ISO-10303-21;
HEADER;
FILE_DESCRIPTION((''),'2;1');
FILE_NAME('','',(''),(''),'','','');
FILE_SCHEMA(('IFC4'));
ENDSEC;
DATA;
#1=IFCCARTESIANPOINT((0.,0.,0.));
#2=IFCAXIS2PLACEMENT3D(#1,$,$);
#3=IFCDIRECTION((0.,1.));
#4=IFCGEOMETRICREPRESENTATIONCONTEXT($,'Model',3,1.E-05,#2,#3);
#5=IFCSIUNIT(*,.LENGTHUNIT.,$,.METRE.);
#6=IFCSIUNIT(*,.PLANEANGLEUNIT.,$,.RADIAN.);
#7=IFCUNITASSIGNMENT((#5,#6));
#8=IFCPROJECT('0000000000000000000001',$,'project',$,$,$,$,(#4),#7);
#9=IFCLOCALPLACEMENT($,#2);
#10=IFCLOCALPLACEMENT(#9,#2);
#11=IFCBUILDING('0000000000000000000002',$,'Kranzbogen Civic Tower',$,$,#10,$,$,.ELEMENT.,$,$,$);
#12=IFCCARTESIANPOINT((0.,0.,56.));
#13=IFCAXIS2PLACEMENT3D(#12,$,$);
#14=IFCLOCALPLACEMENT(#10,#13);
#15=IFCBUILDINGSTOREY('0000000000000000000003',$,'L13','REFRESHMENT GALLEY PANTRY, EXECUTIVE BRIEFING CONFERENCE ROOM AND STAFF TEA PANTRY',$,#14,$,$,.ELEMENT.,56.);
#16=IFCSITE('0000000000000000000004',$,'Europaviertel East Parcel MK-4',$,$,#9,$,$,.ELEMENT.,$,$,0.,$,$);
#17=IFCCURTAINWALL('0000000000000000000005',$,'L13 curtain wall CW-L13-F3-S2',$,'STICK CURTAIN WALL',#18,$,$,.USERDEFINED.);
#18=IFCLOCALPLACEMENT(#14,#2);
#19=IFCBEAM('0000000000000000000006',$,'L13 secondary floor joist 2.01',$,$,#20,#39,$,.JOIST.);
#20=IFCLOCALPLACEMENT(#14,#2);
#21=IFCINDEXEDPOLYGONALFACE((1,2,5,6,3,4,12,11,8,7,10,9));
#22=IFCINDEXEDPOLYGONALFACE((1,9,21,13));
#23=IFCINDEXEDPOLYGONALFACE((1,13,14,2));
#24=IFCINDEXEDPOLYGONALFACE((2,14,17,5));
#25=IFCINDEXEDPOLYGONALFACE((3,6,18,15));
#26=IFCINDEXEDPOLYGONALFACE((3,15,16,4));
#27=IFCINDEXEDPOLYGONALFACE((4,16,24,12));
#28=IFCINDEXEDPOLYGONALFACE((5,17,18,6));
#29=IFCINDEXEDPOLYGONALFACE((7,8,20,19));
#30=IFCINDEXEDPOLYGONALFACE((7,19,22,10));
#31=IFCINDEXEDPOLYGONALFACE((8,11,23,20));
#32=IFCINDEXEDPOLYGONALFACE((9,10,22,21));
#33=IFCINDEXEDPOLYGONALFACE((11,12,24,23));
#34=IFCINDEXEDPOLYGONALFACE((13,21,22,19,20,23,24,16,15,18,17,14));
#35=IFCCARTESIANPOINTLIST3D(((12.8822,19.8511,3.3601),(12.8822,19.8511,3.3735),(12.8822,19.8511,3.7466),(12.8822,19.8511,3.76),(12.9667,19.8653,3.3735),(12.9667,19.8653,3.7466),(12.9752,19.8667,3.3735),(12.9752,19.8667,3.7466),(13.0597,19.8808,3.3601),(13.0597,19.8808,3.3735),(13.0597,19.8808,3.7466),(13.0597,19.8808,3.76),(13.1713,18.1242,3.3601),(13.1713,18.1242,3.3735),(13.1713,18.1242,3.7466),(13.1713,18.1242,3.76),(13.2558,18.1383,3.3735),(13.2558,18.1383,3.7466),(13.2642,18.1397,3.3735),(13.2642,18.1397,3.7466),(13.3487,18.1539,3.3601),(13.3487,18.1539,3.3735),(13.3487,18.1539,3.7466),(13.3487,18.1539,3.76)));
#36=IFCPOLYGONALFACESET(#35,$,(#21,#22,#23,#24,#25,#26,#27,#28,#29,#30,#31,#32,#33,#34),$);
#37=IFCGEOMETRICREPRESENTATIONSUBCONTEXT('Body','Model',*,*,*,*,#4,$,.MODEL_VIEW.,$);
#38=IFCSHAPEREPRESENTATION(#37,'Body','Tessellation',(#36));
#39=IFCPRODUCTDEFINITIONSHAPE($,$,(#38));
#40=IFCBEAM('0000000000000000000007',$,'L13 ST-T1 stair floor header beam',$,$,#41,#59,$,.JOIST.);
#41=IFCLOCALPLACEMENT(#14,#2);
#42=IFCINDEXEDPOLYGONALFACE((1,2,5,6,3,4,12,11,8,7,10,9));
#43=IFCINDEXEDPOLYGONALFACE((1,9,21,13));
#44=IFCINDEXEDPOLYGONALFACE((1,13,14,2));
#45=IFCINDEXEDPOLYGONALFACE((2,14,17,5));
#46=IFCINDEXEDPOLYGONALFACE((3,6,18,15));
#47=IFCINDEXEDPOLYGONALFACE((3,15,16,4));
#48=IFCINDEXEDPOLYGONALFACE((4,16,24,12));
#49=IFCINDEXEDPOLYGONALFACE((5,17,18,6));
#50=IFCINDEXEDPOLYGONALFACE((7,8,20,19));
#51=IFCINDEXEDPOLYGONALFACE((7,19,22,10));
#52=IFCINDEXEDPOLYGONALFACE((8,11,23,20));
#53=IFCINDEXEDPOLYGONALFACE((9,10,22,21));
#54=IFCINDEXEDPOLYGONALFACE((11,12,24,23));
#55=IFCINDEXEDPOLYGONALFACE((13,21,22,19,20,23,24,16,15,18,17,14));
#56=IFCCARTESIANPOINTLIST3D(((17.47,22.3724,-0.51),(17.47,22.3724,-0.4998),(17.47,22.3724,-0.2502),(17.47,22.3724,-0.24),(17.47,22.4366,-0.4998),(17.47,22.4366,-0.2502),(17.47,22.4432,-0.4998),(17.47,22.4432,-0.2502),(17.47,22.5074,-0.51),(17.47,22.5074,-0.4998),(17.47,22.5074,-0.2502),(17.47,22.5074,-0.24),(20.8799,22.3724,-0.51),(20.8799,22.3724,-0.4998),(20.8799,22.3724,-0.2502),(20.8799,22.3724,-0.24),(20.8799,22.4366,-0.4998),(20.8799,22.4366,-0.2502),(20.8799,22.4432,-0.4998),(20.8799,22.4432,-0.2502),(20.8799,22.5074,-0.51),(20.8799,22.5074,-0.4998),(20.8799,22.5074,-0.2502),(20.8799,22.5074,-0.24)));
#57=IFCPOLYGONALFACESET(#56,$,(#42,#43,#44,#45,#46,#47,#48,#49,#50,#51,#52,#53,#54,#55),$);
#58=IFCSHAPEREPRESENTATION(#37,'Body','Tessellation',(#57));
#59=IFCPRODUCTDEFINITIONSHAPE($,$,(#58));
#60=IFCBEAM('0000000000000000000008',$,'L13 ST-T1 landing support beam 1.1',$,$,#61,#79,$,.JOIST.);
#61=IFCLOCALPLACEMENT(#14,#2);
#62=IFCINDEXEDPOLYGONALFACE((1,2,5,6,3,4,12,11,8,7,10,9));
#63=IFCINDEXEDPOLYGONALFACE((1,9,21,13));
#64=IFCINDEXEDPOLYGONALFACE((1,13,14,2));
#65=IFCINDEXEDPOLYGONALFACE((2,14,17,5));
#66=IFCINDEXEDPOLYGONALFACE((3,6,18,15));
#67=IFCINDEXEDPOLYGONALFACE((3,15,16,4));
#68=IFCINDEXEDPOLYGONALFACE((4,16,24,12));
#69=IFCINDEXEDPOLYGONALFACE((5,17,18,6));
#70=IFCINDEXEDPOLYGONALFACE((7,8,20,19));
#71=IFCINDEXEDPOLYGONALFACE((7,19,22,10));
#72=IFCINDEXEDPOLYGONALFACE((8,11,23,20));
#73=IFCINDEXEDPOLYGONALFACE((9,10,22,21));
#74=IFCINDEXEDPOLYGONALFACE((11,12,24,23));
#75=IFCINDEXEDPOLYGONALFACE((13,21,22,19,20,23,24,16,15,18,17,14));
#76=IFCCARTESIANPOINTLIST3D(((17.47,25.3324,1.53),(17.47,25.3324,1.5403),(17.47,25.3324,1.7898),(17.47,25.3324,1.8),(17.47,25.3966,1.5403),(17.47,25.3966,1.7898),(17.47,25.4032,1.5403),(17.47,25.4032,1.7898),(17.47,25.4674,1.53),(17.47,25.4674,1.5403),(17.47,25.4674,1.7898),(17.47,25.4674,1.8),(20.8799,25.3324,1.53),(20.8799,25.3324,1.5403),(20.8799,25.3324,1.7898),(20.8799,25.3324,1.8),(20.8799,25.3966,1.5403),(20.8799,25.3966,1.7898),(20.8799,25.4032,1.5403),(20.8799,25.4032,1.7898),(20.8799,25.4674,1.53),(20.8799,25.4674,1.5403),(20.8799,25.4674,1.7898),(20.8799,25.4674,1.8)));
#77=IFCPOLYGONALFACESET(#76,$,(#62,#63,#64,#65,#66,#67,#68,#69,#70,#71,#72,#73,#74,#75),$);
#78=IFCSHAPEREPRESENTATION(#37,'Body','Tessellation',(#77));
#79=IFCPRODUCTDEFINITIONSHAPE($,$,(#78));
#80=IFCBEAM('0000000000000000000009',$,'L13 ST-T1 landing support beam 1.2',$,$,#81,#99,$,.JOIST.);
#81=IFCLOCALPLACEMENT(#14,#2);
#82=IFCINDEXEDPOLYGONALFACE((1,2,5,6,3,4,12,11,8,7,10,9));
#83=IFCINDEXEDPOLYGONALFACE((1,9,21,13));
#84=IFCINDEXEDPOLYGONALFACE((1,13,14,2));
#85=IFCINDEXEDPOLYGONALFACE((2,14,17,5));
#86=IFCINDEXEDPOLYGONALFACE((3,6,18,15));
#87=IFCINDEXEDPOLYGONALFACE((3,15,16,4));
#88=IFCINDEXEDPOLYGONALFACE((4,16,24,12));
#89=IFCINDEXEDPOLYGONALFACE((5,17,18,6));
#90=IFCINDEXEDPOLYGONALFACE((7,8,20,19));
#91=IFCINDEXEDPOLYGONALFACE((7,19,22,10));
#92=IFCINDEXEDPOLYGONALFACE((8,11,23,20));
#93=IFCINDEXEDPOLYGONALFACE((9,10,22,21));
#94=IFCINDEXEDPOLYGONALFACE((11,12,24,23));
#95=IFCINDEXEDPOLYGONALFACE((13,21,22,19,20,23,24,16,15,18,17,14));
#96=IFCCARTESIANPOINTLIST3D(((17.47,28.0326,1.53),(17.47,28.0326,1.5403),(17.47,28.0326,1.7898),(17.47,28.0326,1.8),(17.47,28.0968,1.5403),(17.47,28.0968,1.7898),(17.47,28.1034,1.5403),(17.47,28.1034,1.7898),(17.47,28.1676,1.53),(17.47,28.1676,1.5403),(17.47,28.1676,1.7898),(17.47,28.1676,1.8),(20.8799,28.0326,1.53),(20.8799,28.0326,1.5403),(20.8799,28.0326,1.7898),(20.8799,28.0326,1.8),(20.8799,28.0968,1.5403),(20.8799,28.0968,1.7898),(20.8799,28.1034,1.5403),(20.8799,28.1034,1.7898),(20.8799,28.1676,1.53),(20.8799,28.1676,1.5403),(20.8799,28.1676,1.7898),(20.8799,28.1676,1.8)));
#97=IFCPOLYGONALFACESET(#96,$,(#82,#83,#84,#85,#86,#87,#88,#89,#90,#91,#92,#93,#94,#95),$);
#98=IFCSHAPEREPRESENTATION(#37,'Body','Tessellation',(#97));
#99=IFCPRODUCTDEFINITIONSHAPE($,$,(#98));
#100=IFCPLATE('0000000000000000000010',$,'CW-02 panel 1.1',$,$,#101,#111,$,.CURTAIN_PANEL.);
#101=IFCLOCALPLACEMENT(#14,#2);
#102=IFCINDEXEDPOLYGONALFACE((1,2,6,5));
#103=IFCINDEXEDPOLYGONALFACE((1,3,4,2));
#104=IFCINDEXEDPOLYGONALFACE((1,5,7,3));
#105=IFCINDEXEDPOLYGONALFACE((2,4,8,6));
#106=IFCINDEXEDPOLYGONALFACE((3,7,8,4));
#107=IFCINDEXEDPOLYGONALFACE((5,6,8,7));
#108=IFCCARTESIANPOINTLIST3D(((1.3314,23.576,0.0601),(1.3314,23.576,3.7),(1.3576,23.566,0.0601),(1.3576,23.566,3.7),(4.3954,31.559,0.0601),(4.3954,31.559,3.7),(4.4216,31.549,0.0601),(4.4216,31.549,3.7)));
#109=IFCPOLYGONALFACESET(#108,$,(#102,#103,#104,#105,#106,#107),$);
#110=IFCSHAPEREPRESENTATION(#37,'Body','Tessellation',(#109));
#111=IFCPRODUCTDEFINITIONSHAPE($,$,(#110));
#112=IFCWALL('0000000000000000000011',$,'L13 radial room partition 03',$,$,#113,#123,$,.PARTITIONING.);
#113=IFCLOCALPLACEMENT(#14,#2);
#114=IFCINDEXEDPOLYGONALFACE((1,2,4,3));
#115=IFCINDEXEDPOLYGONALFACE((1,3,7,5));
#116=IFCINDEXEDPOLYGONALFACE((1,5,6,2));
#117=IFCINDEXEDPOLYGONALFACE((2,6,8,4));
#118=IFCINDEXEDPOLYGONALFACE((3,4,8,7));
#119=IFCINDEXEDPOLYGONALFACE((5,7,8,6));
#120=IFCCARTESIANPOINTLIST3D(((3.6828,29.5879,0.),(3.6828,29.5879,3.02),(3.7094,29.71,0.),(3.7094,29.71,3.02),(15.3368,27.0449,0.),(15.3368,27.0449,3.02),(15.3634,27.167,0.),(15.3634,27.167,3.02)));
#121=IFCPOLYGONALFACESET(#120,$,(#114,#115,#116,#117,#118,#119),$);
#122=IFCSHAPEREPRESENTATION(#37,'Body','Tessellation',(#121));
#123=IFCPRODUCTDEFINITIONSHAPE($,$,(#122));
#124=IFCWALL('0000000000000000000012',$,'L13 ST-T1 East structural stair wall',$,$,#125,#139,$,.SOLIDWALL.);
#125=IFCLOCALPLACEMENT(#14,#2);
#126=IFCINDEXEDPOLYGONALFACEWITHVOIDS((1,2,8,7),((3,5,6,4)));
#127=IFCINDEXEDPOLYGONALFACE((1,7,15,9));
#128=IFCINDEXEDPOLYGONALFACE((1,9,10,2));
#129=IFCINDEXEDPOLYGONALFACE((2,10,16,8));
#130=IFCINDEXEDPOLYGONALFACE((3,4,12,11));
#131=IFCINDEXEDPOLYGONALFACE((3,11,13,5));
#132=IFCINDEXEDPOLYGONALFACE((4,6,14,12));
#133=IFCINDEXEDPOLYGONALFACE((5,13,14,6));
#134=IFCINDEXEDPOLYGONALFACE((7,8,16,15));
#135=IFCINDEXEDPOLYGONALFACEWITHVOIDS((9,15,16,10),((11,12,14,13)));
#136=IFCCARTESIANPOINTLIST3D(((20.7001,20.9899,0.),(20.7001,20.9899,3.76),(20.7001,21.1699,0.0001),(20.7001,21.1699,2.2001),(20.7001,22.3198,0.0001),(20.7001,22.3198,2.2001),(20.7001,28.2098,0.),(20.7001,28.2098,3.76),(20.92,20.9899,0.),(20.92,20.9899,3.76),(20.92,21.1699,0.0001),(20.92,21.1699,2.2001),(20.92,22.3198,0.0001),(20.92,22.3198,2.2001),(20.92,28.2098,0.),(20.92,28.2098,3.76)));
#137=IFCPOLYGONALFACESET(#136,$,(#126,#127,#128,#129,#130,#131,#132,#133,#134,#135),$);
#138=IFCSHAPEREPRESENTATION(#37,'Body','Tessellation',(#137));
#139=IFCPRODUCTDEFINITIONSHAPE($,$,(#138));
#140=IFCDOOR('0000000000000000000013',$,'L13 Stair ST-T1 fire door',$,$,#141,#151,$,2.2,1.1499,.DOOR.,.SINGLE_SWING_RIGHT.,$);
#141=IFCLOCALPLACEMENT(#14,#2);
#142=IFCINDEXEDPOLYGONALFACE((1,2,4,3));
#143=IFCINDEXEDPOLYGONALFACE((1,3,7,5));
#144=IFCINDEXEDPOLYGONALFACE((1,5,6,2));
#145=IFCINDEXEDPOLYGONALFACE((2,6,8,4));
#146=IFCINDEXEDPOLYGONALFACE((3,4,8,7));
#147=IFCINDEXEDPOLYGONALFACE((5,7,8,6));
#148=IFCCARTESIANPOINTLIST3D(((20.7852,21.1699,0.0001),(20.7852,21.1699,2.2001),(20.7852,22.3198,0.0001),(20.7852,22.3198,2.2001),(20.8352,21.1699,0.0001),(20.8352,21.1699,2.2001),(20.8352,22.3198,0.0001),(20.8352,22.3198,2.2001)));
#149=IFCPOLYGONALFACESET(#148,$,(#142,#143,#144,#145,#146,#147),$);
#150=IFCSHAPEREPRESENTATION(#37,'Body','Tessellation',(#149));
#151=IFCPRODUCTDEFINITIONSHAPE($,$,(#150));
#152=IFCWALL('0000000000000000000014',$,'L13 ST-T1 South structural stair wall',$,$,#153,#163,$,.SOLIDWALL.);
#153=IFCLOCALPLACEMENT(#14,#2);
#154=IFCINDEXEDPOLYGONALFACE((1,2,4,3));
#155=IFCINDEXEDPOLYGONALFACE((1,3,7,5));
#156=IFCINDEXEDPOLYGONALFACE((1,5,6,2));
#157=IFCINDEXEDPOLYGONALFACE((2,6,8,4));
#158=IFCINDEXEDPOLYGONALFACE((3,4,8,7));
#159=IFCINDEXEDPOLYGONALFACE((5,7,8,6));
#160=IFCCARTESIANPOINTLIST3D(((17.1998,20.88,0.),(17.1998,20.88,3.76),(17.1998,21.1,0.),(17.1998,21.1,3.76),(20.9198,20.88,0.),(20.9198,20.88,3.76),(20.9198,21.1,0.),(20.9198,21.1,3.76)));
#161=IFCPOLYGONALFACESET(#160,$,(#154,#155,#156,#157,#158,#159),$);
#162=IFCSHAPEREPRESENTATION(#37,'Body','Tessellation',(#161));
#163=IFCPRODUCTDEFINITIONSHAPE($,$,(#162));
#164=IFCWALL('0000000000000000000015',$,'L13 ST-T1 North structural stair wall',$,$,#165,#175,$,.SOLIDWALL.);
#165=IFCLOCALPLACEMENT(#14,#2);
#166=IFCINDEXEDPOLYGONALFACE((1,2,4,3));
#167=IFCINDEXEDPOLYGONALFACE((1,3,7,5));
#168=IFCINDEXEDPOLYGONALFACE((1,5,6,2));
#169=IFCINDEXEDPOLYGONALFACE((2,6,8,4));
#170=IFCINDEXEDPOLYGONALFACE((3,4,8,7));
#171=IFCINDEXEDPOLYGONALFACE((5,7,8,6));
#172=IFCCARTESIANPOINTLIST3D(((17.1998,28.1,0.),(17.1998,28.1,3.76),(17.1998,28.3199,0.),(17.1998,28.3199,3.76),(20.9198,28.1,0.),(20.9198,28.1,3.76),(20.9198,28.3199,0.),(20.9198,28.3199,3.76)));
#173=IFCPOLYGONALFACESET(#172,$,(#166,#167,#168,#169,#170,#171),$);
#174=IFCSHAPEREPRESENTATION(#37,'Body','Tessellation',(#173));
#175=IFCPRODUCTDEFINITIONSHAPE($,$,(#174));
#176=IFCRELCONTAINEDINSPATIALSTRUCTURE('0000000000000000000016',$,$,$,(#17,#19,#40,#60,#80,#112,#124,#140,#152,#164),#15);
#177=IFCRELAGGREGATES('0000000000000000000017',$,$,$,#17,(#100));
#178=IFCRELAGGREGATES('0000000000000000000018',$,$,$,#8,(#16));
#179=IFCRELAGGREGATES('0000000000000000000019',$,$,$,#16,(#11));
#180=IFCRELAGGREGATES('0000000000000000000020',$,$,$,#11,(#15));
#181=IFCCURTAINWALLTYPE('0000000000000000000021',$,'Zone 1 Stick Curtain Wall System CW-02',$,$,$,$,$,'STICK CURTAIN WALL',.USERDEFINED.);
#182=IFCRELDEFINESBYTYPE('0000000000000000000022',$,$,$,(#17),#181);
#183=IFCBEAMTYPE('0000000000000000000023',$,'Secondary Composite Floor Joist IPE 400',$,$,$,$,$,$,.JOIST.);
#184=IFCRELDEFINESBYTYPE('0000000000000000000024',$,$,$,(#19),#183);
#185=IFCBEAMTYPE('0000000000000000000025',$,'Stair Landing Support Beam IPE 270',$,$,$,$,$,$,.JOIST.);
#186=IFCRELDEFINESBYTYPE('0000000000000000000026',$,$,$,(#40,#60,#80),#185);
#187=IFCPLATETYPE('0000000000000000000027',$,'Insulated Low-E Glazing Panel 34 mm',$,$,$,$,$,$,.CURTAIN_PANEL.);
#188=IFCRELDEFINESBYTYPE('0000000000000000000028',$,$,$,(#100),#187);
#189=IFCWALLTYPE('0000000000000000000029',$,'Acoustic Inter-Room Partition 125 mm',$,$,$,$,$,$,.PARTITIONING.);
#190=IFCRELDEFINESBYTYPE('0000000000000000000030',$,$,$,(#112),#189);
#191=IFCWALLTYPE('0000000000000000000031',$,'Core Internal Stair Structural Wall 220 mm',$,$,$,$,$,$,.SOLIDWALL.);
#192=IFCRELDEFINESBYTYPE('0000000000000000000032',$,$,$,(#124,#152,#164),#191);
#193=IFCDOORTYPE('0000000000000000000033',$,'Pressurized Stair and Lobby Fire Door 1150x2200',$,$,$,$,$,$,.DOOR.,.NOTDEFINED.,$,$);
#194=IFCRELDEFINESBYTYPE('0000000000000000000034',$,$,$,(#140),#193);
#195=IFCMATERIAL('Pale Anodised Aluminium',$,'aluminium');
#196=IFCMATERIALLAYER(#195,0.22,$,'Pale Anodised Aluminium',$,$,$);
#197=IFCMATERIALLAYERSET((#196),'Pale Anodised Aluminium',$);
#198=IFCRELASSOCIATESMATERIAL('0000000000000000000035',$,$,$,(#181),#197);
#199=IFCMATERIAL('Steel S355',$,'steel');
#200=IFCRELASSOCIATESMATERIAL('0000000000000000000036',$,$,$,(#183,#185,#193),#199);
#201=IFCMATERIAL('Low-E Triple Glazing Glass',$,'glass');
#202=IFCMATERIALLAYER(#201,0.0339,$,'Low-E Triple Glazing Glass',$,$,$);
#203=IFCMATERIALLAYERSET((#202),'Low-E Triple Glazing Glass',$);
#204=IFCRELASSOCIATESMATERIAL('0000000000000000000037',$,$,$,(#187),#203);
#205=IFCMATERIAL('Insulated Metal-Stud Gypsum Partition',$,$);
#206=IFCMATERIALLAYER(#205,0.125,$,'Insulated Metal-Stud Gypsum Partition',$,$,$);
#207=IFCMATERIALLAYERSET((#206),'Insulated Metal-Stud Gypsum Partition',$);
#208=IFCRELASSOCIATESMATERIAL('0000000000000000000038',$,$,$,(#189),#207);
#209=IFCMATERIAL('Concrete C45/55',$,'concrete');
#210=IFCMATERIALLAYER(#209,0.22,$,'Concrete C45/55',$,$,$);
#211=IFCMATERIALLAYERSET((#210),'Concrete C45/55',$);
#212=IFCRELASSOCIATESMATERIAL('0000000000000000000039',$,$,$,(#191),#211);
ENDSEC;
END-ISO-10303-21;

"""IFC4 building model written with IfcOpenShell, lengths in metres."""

from ifc_helpers import new_model, si_unit, direction, frame, frame_2d, origin, origin_2d, place, context, subcontext, project, spatial, rectangle, i_section, extrude, material, layer, layer_set, material_profile, profile_set, type_object, element, fill, aggregate, save


model = new_model("IFC4")

# Units and contexts
model_context = context("Model", 3, precision=1e-05, world=origin(), true_north=direction((0.0, 1.0)))
body_context = subcontext(model_context, "Body", "Model", "MODEL_VIEW")
ifc_project = project(units=[si_unit("LENGTHUNIT", "METRE"), si_unit("PLANEANGLEUNIT", "RADIAN")], contexts=[model_context])

# Site, building, storey
site_placement = place(None, origin())
site = spatial("IfcSite", under=ifc_project, at=site_placement, Name="Europaviertel East Parcel MK-4", CompositionType="ELEMENT", RefElevation=0.0)
building_placement = place(site_placement, origin())
building = spatial("IfcBuilding", under=site, at=building_placement, Name="Kranzbogen Civic Tower", CompositionType="ELEMENT")
storey_placement = place(building_placement, frame((0.0, 0.0, 56.0)))
storey = spatial("IfcBuildingStorey", under=building, at=storey_placement, Name="L13", Description="REFRESHMENT GALLEY PANTRY, EXECUTIVE BRIEFING CONFERENCE ROOM AND STAFF TEA PANTRY", CompositionType="ELEMENT", Elevation=56.0)

# Shared definitions
ifc_material_1 = material(Name="Steel S355", Category="steel")

# Curtain wall
ifc_material_2 = material(Name="Pale Anodised Aluminium", Category="aluminium")
ifc_layer_1 = layer(ifc_material_2, 0.22, Name="Pale Anodised Aluminium")
ifc_layer_set_1 = layer_set([ifc_layer_1], Name="Pale Anodised Aluminium")
curtain_wall_type = type_object("IfcCurtainWallType", Name="Zone 1 Stick Curtain Wall System CW-02", ElementType="STICK CURTAIN WALL", PredefinedType="USERDEFINED", material=ifc_layer_set_1)
curtain_wall_1_placement = place(storey_placement, origin())
curtain_wall_1 = element("IfcCurtainWall", 1, at=curtain_wall_1_placement, inside=storey, type_object=curtain_wall_type, Name="L13 curtain wall CW-L13-F3-S2", ObjectType="STICK CURTAIN WALL", PredefinedType="USERDEFINED")

# Beams
ifc_material_profile_1 = material_profile(ifc_material_1, i_section(OverallWidth=0.1799, OverallDepth=0.3999, WebThickness=0.0085, FlangeThickness=0.0134, at=origin_2d()), Name="IPE 400")
ifc_profile_set_1 = profile_set([ifc_material_profile_1], Name="Steel S355")
beam_type_1 = type_object("IfcBeamType", Name="Secondary Composite Floor Joist IPE 400", PredefinedType="JOIST", material=ifc_profile_set_1)
beam_1_placement = place(storey_placement, frame((12.9709, 19.866, 3.5601), z_axis=(0.165077, -0.986281, 0.0), x_axis=(0.986281, 0.165077, 0.0)))
element("IfcBeam", 2, at=beam_1_placement, inside=storey, type_object=beam_type_1, Name="L13 secondary floor joist 2.01", PredefinedType="JOIST", context=body_context, shape_type="SweptSolid", body=[
    extrude(i_section(OverallWidth=0.1799, OverallDepth=0.3999, WebThickness=0.0085, FlangeThickness=0.0134, at=origin_2d()), origin(), (0.0, 0.0, 1.0), 1.751),
])
ifc_material_profile_2 = material_profile(ifc_material_1, i_section(OverallWidth=0.135, OverallDepth=0.27, WebThickness=0.0066, FlangeThickness=0.0103, at=origin_2d()), Name="IPE 270")
ifc_profile_set_2 = profile_set([ifc_material_profile_2], Name="Steel S355")
beam_type_2 = type_object("IfcBeamType", Name="Stair Landing Support Beam IPE 270", PredefinedType="JOIST", material=ifc_profile_set_2)
for number, where, z_axis, x_axis, name in (
    (3, (20.8799, 22.4399, -0.375), (-1.0, 0.0, 0.0), (0.0, -1.0, 0.0), "L13 ST-T1 stair floor header beam"),
    (4, (20.8799, 25.3999, 1.665), (-1.0, 0.0, 0.0), (0.0, -1.0, 0.0), "L13 ST-T1 landing support beam 1.1"),
    (5, (20.8799, 28.1001, 1.665), (-1.0, 0.0, 0.0), (0.0, -1.0, 0.0), "L13 ST-T1 landing support beam 1.2"),
):
    element("IfcBeam", number, at=place(storey_placement, frame(where, z_axis=z_axis, x_axis=x_axis)), inside=storey, type_object=beam_type_2, Name=name, PredefinedType="JOIST", context=body_context, shape_type="SweptSolid", body=[
        extrude(i_section(OverallWidth=0.135, OverallDepth=0.27, WebThickness=0.0066, FlangeThickness=0.0103, at=origin_2d()), origin(), (0.0, 0.0, 1.0), 3.4099),
    ])

# Plate
ifc_material_3 = material(Name="Low-E Triple Glazing Glass", Category="glass")
ifc_layer_2 = layer(ifc_material_3, 0.0339, Name="Low-E Triple Glazing Glass")
ifc_layer_set_2 = layer_set([ifc_layer_2], Name="Low-E Triple Glazing Glass")
plate_type = type_object("IfcPlateType", Name="Insulated Low-E Glazing Panel 34 mm", PredefinedType="CURTAIN_PANEL", material=ifc_layer_set_2)
plate_placement = place(storey_placement, frame((2.8765, 27.5625, 0.0601), z_axis=(0.0, 0.0, 1.0), x_axis=(-0.35833, -0.933595, 0.0)))
plate = element("IfcPlate", 6, at=plate_placement, type_object=plate_type, Name="CW-02 panel 1.1", PredefinedType="CURTAIN_PANEL", context=body_context, shape_type="SweptSolid", body=[
    extrude(rectangle(XDim=8.5508, YDim=0.0281, at=origin_2d()), origin(), (0.0, 0.0, 1.0), 3.6399),
])
aggregate(curtain_wall_1, [plate])

# Shared definitions
ifc_material_4 = material(Name="Insulated Metal-Stud Gypsum Partition")
ifc_layer_3 = layer(ifc_material_4, 0.125, Name="Insulated Metal-Stud Gypsum Partition")
ifc_layer_set_3 = layer_set([ifc_layer_3], Name="Insulated Metal-Stud Gypsum Partition")
wall_type_1 = type_object("IfcWallType", Name="Acoustic Inter-Room Partition 125 mm", PredefinedType="PARTITIONING", material=ifc_layer_set_3)

# Wall
wall_1_placement = place(storey_placement, frame((15.3501, 27.106, 0.0), z_axis=(0.0, 0.0, 1.0), x_axis=(-0.977011, 0.213188, 0.0)))
element("IfcWall", 7, at=wall_1_placement, inside=storey, type_object=wall_type_1, Name="L13 radial room partition 03", PredefinedType="PARTITIONING", context=body_context, shape_type="SweptSolid", body=[
    extrude(rectangle(XDim=11.9282, YDim=0.125, at=frame_2d((5.9641, 0.0))), origin(), (0.0, 0.0, 1.0), 3.02),
])

# Wall, opening, door
ifc_material_5 = material(Name="Concrete C45/55", Category="concrete")
ifc_layer_4 = layer(ifc_material_5, 0.22, Name="Concrete C45/55")
ifc_layer_set_4 = layer_set([ifc_layer_4], Name="Concrete C45/55")
wall_type_2 = type_object("IfcWallType", Name="Core Internal Stair Structural Wall 220 mm", PredefinedType="SOLIDWALL", material=ifc_layer_set_4)
wall_2_placement = place(storey_placement, frame((20.8101, 20.99, 0.0), z_axis=(0.0, 0.0, 1.0), x_axis=(0.0, 1.0, 0.0)))
wall_2 = element("IfcWall", 8, at=wall_2_placement, inside=storey, type_object=wall_type_2, Name="L13 ST-T1 East structural stair wall", PredefinedType="SOLIDWALL", context=body_context, shape_type="SweptSolid", body=[
    extrude(rectangle(XDim=7.22, YDim=0.22, at=frame_2d((3.6099, 0.0))), origin(), (0.0, 0.0, 1.0), 3.76),
])
opening_1_placement = place(wall_2_placement, frame((0.1799, 0.0, 0.0)))
opening_1 = element("IfcOpeningElement", 9, at=opening_1_placement, cuts=wall_2, PredefinedType="OPENING", context=body_context, shape_type="SweptSolid", body=[
    extrude(rectangle(XDim=1.1499, YDim=2.2, at=frame_2d((0.575, 1.1001))), frame((0.0, 0.1201, 0.0), z_axis=(0.0, -1.0, 0.0), x_axis=(1.0, 0.0, 0.0)), (0.0, 0.0, 1.0), 0.24),
])
door_type_1 = type_object("IfcDoorType", Name="Pressurized Stair and Lobby Fire Door 1150x2200", OperationType="NOTDEFINED", PredefinedType="DOOR", material=ifc_material_1)
door_1_placement = place(opening_1_placement, origin())
door_1 = element("IfcDoor", 10, at=door_1_placement, inside=storey, type_object=door_type_1, Name="L13 Stair ST-T1 fire door", OperationType="SINGLE_SWING_RIGHT", OverallHeight=2.2, OverallWidth=1.1499, PredefinedType="DOOR", context=body_context, shape_type="SweptSolid", body=[
    extrude(rectangle(XDim=1.1499, YDim=2.2, at=frame_2d((0.575, 1.1001))), frame((0.0, 0.0249, 0.0), z_axis=(0.0, -1.0, 0.0), x_axis=(1.0, 0.0, 0.0)), (0.0, 0.0, 1.0), 0.05),
])
fill(opening_1, door_1)

# Walls
for number, where, z_axis, x_axis, name in (
    (11, (17.2, 20.99, 0.0), (0.0, 0.0, 1.0), (1.0, 0.0, 0.0), "L13 ST-T1 South structural stair wall"),
    (12, (17.2, 28.21, 0.0), (0.0, 0.0, 1.0), (1.0, 0.0, 0.0), "L13 ST-T1 North structural stair wall"),
):
    element("IfcWall", number, at=place(storey_placement, frame(where, z_axis=z_axis, x_axis=x_axis)), inside=storey, type_object=wall_type_2, Name=name, PredefinedType="SOLIDWALL", context=body_context, shape_type="SweptSolid", body=[
        extrude(rectangle(XDim=3.72, YDim=0.22, at=frame_2d((1.8599, 0.0))), origin(), (0.0, 0.0, 1.0), 3.76),
    ])

save(model, "model.ifc")
